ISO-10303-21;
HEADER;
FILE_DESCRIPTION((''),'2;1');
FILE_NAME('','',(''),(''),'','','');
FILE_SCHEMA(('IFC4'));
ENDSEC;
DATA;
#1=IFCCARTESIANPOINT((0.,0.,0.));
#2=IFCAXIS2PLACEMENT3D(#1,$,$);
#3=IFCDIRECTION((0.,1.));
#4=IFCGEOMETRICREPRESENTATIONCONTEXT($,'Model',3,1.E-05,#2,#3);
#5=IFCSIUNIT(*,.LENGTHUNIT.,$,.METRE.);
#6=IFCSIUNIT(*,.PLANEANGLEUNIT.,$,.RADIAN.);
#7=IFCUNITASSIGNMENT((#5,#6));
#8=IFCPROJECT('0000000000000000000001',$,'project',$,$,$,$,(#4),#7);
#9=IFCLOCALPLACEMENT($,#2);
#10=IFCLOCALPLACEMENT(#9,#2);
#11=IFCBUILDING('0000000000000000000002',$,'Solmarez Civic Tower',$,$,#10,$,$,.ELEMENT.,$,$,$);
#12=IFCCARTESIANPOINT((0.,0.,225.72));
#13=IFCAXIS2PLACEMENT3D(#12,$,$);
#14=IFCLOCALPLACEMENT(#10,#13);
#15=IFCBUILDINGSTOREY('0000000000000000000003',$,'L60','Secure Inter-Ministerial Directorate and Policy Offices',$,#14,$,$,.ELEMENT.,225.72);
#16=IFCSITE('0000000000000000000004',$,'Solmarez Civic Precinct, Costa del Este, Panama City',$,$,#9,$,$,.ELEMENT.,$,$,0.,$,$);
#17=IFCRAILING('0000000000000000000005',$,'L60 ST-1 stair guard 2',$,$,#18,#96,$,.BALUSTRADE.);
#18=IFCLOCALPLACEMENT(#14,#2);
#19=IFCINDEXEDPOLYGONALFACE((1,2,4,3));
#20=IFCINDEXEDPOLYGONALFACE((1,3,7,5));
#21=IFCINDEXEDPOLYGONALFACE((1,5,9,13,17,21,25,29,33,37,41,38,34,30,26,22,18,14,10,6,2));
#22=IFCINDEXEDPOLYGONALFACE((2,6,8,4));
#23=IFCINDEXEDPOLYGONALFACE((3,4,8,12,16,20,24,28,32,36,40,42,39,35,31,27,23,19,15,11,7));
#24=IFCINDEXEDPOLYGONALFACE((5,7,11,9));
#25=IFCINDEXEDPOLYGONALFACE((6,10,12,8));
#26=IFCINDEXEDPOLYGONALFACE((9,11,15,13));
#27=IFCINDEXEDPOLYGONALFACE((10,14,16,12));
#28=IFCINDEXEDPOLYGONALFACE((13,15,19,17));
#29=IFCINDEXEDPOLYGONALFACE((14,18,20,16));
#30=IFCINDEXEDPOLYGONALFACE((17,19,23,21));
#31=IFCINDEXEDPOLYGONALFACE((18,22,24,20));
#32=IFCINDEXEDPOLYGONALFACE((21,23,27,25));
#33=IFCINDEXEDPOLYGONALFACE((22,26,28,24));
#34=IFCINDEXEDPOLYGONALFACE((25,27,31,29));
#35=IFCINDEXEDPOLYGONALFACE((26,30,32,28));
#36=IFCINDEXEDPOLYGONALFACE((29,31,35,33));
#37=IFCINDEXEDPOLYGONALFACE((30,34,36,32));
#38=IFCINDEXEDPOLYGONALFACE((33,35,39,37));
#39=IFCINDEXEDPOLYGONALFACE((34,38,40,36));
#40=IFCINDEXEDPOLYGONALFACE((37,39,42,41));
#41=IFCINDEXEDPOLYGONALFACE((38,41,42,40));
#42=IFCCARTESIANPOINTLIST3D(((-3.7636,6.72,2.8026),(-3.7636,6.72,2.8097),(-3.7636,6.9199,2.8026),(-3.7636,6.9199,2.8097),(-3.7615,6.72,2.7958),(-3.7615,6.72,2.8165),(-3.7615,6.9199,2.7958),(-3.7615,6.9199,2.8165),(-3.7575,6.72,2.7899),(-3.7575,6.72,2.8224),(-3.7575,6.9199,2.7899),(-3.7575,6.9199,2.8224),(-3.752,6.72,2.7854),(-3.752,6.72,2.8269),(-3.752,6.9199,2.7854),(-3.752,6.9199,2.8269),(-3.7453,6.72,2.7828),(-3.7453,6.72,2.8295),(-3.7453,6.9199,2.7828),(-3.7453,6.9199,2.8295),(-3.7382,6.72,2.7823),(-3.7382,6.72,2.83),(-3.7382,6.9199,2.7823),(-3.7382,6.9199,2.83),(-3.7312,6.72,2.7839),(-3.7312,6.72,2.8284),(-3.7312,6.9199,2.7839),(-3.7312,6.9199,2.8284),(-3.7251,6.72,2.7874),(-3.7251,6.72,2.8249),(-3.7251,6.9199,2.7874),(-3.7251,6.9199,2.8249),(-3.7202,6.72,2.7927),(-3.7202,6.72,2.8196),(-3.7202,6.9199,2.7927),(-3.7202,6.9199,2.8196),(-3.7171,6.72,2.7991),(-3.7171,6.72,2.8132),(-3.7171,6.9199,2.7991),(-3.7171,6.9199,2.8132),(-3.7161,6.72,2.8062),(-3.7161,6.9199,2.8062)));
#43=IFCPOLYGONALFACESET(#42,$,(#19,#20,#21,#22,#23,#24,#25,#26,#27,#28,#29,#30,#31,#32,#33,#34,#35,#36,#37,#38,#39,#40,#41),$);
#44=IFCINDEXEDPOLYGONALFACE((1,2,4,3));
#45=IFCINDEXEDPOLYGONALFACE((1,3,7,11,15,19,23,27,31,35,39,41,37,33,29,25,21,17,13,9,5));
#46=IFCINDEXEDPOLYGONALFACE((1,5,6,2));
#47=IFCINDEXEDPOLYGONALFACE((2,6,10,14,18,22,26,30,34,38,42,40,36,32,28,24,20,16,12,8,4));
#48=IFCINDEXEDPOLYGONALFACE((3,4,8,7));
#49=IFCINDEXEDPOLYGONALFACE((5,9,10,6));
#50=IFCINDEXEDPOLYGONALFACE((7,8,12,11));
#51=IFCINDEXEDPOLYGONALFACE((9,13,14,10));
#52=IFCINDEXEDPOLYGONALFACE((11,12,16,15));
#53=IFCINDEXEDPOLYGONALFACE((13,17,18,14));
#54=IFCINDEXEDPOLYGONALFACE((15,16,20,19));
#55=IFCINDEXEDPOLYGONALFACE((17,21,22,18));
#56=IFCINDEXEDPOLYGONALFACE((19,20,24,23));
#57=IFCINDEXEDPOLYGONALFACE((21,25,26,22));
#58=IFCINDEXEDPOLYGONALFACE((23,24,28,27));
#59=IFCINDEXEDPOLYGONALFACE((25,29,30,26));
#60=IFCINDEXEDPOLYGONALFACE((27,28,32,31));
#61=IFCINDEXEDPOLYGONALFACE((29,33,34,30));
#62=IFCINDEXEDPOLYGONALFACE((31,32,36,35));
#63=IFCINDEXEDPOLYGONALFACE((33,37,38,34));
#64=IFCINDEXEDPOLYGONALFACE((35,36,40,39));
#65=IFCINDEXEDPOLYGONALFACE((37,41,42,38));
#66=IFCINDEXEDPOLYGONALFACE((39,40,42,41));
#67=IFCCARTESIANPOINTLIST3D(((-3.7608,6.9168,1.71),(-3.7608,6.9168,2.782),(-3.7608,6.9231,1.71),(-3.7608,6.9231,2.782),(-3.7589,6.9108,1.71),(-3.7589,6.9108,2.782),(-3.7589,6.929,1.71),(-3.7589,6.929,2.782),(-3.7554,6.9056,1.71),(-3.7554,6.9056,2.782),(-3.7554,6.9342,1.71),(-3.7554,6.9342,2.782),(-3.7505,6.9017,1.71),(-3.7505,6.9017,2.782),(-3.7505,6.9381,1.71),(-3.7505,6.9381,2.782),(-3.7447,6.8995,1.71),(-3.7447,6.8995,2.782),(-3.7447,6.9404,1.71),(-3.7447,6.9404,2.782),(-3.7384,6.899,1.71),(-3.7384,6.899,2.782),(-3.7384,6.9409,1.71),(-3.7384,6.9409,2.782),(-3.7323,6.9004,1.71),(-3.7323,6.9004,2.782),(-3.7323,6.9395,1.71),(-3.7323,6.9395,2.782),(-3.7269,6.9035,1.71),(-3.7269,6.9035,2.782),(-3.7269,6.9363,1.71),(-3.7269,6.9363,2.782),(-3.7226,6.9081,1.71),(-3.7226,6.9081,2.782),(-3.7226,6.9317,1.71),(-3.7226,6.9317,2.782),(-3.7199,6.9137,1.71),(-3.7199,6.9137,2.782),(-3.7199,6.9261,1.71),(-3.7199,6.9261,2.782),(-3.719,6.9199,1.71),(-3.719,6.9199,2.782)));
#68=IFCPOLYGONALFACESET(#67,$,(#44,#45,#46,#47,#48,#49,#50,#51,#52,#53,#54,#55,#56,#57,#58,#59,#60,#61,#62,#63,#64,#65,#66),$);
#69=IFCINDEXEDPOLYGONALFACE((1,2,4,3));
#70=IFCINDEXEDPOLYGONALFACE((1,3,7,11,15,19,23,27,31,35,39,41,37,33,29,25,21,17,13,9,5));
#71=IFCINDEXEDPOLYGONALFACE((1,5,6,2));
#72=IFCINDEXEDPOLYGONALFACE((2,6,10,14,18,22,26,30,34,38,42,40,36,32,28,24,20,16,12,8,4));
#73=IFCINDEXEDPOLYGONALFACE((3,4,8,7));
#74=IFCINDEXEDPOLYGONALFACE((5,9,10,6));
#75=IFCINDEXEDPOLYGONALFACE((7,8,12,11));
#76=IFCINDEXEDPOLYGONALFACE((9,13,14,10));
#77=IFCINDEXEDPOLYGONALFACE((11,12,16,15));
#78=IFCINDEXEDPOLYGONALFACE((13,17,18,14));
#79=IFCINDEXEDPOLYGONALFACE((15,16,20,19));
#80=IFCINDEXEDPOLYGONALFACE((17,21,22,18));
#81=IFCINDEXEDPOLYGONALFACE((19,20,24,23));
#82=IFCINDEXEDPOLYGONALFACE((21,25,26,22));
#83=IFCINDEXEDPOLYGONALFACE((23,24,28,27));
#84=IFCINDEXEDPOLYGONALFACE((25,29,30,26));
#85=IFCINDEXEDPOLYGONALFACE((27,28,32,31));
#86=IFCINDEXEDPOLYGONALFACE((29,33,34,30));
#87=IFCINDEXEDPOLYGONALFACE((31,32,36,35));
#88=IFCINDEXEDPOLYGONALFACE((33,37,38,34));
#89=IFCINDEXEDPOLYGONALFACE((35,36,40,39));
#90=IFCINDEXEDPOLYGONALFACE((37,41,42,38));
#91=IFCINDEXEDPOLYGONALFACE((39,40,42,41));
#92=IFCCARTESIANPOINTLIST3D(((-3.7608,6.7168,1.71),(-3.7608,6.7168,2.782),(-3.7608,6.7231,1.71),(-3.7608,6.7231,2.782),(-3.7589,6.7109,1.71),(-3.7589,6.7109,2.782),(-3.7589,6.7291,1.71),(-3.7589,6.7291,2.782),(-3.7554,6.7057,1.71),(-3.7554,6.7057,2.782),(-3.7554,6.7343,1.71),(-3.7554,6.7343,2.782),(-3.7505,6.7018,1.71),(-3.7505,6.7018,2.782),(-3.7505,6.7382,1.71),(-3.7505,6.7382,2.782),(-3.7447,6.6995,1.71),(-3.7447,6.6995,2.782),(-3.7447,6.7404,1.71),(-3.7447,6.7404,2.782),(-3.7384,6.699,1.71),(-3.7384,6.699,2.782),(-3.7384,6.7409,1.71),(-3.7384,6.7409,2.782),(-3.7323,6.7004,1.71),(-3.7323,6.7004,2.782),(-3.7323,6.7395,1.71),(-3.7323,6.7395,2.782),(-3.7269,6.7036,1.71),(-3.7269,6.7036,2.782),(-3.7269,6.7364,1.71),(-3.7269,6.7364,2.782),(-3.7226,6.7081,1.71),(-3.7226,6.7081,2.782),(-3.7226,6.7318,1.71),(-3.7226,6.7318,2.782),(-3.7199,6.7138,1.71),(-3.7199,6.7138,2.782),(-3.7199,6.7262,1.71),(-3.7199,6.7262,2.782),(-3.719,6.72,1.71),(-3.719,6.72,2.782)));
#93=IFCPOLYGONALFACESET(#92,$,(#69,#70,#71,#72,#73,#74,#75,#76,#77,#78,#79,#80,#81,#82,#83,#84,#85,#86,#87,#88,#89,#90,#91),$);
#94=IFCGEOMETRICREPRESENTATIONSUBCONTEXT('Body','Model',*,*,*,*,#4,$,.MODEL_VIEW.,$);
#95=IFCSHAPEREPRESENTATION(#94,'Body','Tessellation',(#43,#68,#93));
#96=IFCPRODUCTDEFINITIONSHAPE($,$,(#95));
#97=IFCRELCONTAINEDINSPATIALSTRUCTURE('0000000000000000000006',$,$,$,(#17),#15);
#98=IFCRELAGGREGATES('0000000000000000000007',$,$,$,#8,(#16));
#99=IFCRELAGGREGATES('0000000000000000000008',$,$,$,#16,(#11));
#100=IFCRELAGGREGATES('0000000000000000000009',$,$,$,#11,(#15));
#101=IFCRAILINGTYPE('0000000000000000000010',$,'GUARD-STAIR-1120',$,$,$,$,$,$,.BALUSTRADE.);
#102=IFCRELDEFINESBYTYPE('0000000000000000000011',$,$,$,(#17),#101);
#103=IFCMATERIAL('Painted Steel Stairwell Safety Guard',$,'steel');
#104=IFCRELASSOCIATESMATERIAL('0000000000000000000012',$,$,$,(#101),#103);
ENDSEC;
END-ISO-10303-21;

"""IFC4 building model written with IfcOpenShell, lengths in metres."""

from ifc_helpers import new_model, si_unit, direction, frame, origin, origin_2d, place, context, subcontext, project, spatial, circle, extrude, material, type_object, element, save


model = new_model("IFC4")

# Units and contexts
model_context = context("Model", 3, precision=1e-05, world=origin(), true_north=direction((0.0, 1.0)))
body_context = subcontext(model_context, "Body", "Model", "MODEL_VIEW")
ifc_project = project(units=[si_unit("LENGTHUNIT", "METRE"), si_unit("PLANEANGLEUNIT", "RADIAN")], contexts=[model_context])

# Site, building, storey
site_placement = place(None, origin())
site = spatial("IfcSite", under=ifc_project, at=site_placement, Name="Solmarez Civic Precinct, Costa del Este, Panama City", CompositionType="ELEMENT", RefElevation=0.0)
building_placement = place(site_placement, origin())
building = spatial("IfcBuilding", under=site, at=building_placement, Name="Solmarez Civic Tower", CompositionType="ELEMENT")
storey_placement = place(building_placement, frame((0.0, 0.0, 225.72)))
storey = spatial("IfcBuildingStorey", under=building, at=storey_placement, Name="L60", Description="Secure Inter-Ministerial Directorate and Policy Offices", CompositionType="ELEMENT", Elevation=225.72)

# Railing
ifc_material_1 = material(Name="Painted Steel Stairwell Safety Guard", Category="steel")
railing_type_1 = type_object("IfcRailingType", Name="GUARD-STAIR-1120", PredefinedType="BALUSTRADE", material=ifc_material_1)
railing_1_placement = place(storey_placement, frame((-3.74, 6.9199, 1.71)))
element("IfcRailing", 1, at=railing_1_placement, inside=storey, type_object=railing_type_1, Name="L60 ST-1 stair guard 2", PredefinedType="BALUSTRADE", context=body_context, shape_type="SweptSolid", body=[
    extrude(circle(Radius=0.0239, at=origin_2d()), frame((0.0, 0.0, 1.0962), z_axis=(0.0, -1.0, 0.0), x_axis=(1.0, 0.0, 0.0)), (0.0, 0.0, 1.0), 0.2),
    extrude(circle(Radius=0.021, at=origin_2d()), origin(), (0.0, 0.0, 1.0), 1.072),
    extrude(circle(Radius=0.021, at=origin_2d()), frame((0.0, -0.2, 0.0)), (0.0, 0.0, 1.0), 1.072),
])

save(model, "model.ifc")
